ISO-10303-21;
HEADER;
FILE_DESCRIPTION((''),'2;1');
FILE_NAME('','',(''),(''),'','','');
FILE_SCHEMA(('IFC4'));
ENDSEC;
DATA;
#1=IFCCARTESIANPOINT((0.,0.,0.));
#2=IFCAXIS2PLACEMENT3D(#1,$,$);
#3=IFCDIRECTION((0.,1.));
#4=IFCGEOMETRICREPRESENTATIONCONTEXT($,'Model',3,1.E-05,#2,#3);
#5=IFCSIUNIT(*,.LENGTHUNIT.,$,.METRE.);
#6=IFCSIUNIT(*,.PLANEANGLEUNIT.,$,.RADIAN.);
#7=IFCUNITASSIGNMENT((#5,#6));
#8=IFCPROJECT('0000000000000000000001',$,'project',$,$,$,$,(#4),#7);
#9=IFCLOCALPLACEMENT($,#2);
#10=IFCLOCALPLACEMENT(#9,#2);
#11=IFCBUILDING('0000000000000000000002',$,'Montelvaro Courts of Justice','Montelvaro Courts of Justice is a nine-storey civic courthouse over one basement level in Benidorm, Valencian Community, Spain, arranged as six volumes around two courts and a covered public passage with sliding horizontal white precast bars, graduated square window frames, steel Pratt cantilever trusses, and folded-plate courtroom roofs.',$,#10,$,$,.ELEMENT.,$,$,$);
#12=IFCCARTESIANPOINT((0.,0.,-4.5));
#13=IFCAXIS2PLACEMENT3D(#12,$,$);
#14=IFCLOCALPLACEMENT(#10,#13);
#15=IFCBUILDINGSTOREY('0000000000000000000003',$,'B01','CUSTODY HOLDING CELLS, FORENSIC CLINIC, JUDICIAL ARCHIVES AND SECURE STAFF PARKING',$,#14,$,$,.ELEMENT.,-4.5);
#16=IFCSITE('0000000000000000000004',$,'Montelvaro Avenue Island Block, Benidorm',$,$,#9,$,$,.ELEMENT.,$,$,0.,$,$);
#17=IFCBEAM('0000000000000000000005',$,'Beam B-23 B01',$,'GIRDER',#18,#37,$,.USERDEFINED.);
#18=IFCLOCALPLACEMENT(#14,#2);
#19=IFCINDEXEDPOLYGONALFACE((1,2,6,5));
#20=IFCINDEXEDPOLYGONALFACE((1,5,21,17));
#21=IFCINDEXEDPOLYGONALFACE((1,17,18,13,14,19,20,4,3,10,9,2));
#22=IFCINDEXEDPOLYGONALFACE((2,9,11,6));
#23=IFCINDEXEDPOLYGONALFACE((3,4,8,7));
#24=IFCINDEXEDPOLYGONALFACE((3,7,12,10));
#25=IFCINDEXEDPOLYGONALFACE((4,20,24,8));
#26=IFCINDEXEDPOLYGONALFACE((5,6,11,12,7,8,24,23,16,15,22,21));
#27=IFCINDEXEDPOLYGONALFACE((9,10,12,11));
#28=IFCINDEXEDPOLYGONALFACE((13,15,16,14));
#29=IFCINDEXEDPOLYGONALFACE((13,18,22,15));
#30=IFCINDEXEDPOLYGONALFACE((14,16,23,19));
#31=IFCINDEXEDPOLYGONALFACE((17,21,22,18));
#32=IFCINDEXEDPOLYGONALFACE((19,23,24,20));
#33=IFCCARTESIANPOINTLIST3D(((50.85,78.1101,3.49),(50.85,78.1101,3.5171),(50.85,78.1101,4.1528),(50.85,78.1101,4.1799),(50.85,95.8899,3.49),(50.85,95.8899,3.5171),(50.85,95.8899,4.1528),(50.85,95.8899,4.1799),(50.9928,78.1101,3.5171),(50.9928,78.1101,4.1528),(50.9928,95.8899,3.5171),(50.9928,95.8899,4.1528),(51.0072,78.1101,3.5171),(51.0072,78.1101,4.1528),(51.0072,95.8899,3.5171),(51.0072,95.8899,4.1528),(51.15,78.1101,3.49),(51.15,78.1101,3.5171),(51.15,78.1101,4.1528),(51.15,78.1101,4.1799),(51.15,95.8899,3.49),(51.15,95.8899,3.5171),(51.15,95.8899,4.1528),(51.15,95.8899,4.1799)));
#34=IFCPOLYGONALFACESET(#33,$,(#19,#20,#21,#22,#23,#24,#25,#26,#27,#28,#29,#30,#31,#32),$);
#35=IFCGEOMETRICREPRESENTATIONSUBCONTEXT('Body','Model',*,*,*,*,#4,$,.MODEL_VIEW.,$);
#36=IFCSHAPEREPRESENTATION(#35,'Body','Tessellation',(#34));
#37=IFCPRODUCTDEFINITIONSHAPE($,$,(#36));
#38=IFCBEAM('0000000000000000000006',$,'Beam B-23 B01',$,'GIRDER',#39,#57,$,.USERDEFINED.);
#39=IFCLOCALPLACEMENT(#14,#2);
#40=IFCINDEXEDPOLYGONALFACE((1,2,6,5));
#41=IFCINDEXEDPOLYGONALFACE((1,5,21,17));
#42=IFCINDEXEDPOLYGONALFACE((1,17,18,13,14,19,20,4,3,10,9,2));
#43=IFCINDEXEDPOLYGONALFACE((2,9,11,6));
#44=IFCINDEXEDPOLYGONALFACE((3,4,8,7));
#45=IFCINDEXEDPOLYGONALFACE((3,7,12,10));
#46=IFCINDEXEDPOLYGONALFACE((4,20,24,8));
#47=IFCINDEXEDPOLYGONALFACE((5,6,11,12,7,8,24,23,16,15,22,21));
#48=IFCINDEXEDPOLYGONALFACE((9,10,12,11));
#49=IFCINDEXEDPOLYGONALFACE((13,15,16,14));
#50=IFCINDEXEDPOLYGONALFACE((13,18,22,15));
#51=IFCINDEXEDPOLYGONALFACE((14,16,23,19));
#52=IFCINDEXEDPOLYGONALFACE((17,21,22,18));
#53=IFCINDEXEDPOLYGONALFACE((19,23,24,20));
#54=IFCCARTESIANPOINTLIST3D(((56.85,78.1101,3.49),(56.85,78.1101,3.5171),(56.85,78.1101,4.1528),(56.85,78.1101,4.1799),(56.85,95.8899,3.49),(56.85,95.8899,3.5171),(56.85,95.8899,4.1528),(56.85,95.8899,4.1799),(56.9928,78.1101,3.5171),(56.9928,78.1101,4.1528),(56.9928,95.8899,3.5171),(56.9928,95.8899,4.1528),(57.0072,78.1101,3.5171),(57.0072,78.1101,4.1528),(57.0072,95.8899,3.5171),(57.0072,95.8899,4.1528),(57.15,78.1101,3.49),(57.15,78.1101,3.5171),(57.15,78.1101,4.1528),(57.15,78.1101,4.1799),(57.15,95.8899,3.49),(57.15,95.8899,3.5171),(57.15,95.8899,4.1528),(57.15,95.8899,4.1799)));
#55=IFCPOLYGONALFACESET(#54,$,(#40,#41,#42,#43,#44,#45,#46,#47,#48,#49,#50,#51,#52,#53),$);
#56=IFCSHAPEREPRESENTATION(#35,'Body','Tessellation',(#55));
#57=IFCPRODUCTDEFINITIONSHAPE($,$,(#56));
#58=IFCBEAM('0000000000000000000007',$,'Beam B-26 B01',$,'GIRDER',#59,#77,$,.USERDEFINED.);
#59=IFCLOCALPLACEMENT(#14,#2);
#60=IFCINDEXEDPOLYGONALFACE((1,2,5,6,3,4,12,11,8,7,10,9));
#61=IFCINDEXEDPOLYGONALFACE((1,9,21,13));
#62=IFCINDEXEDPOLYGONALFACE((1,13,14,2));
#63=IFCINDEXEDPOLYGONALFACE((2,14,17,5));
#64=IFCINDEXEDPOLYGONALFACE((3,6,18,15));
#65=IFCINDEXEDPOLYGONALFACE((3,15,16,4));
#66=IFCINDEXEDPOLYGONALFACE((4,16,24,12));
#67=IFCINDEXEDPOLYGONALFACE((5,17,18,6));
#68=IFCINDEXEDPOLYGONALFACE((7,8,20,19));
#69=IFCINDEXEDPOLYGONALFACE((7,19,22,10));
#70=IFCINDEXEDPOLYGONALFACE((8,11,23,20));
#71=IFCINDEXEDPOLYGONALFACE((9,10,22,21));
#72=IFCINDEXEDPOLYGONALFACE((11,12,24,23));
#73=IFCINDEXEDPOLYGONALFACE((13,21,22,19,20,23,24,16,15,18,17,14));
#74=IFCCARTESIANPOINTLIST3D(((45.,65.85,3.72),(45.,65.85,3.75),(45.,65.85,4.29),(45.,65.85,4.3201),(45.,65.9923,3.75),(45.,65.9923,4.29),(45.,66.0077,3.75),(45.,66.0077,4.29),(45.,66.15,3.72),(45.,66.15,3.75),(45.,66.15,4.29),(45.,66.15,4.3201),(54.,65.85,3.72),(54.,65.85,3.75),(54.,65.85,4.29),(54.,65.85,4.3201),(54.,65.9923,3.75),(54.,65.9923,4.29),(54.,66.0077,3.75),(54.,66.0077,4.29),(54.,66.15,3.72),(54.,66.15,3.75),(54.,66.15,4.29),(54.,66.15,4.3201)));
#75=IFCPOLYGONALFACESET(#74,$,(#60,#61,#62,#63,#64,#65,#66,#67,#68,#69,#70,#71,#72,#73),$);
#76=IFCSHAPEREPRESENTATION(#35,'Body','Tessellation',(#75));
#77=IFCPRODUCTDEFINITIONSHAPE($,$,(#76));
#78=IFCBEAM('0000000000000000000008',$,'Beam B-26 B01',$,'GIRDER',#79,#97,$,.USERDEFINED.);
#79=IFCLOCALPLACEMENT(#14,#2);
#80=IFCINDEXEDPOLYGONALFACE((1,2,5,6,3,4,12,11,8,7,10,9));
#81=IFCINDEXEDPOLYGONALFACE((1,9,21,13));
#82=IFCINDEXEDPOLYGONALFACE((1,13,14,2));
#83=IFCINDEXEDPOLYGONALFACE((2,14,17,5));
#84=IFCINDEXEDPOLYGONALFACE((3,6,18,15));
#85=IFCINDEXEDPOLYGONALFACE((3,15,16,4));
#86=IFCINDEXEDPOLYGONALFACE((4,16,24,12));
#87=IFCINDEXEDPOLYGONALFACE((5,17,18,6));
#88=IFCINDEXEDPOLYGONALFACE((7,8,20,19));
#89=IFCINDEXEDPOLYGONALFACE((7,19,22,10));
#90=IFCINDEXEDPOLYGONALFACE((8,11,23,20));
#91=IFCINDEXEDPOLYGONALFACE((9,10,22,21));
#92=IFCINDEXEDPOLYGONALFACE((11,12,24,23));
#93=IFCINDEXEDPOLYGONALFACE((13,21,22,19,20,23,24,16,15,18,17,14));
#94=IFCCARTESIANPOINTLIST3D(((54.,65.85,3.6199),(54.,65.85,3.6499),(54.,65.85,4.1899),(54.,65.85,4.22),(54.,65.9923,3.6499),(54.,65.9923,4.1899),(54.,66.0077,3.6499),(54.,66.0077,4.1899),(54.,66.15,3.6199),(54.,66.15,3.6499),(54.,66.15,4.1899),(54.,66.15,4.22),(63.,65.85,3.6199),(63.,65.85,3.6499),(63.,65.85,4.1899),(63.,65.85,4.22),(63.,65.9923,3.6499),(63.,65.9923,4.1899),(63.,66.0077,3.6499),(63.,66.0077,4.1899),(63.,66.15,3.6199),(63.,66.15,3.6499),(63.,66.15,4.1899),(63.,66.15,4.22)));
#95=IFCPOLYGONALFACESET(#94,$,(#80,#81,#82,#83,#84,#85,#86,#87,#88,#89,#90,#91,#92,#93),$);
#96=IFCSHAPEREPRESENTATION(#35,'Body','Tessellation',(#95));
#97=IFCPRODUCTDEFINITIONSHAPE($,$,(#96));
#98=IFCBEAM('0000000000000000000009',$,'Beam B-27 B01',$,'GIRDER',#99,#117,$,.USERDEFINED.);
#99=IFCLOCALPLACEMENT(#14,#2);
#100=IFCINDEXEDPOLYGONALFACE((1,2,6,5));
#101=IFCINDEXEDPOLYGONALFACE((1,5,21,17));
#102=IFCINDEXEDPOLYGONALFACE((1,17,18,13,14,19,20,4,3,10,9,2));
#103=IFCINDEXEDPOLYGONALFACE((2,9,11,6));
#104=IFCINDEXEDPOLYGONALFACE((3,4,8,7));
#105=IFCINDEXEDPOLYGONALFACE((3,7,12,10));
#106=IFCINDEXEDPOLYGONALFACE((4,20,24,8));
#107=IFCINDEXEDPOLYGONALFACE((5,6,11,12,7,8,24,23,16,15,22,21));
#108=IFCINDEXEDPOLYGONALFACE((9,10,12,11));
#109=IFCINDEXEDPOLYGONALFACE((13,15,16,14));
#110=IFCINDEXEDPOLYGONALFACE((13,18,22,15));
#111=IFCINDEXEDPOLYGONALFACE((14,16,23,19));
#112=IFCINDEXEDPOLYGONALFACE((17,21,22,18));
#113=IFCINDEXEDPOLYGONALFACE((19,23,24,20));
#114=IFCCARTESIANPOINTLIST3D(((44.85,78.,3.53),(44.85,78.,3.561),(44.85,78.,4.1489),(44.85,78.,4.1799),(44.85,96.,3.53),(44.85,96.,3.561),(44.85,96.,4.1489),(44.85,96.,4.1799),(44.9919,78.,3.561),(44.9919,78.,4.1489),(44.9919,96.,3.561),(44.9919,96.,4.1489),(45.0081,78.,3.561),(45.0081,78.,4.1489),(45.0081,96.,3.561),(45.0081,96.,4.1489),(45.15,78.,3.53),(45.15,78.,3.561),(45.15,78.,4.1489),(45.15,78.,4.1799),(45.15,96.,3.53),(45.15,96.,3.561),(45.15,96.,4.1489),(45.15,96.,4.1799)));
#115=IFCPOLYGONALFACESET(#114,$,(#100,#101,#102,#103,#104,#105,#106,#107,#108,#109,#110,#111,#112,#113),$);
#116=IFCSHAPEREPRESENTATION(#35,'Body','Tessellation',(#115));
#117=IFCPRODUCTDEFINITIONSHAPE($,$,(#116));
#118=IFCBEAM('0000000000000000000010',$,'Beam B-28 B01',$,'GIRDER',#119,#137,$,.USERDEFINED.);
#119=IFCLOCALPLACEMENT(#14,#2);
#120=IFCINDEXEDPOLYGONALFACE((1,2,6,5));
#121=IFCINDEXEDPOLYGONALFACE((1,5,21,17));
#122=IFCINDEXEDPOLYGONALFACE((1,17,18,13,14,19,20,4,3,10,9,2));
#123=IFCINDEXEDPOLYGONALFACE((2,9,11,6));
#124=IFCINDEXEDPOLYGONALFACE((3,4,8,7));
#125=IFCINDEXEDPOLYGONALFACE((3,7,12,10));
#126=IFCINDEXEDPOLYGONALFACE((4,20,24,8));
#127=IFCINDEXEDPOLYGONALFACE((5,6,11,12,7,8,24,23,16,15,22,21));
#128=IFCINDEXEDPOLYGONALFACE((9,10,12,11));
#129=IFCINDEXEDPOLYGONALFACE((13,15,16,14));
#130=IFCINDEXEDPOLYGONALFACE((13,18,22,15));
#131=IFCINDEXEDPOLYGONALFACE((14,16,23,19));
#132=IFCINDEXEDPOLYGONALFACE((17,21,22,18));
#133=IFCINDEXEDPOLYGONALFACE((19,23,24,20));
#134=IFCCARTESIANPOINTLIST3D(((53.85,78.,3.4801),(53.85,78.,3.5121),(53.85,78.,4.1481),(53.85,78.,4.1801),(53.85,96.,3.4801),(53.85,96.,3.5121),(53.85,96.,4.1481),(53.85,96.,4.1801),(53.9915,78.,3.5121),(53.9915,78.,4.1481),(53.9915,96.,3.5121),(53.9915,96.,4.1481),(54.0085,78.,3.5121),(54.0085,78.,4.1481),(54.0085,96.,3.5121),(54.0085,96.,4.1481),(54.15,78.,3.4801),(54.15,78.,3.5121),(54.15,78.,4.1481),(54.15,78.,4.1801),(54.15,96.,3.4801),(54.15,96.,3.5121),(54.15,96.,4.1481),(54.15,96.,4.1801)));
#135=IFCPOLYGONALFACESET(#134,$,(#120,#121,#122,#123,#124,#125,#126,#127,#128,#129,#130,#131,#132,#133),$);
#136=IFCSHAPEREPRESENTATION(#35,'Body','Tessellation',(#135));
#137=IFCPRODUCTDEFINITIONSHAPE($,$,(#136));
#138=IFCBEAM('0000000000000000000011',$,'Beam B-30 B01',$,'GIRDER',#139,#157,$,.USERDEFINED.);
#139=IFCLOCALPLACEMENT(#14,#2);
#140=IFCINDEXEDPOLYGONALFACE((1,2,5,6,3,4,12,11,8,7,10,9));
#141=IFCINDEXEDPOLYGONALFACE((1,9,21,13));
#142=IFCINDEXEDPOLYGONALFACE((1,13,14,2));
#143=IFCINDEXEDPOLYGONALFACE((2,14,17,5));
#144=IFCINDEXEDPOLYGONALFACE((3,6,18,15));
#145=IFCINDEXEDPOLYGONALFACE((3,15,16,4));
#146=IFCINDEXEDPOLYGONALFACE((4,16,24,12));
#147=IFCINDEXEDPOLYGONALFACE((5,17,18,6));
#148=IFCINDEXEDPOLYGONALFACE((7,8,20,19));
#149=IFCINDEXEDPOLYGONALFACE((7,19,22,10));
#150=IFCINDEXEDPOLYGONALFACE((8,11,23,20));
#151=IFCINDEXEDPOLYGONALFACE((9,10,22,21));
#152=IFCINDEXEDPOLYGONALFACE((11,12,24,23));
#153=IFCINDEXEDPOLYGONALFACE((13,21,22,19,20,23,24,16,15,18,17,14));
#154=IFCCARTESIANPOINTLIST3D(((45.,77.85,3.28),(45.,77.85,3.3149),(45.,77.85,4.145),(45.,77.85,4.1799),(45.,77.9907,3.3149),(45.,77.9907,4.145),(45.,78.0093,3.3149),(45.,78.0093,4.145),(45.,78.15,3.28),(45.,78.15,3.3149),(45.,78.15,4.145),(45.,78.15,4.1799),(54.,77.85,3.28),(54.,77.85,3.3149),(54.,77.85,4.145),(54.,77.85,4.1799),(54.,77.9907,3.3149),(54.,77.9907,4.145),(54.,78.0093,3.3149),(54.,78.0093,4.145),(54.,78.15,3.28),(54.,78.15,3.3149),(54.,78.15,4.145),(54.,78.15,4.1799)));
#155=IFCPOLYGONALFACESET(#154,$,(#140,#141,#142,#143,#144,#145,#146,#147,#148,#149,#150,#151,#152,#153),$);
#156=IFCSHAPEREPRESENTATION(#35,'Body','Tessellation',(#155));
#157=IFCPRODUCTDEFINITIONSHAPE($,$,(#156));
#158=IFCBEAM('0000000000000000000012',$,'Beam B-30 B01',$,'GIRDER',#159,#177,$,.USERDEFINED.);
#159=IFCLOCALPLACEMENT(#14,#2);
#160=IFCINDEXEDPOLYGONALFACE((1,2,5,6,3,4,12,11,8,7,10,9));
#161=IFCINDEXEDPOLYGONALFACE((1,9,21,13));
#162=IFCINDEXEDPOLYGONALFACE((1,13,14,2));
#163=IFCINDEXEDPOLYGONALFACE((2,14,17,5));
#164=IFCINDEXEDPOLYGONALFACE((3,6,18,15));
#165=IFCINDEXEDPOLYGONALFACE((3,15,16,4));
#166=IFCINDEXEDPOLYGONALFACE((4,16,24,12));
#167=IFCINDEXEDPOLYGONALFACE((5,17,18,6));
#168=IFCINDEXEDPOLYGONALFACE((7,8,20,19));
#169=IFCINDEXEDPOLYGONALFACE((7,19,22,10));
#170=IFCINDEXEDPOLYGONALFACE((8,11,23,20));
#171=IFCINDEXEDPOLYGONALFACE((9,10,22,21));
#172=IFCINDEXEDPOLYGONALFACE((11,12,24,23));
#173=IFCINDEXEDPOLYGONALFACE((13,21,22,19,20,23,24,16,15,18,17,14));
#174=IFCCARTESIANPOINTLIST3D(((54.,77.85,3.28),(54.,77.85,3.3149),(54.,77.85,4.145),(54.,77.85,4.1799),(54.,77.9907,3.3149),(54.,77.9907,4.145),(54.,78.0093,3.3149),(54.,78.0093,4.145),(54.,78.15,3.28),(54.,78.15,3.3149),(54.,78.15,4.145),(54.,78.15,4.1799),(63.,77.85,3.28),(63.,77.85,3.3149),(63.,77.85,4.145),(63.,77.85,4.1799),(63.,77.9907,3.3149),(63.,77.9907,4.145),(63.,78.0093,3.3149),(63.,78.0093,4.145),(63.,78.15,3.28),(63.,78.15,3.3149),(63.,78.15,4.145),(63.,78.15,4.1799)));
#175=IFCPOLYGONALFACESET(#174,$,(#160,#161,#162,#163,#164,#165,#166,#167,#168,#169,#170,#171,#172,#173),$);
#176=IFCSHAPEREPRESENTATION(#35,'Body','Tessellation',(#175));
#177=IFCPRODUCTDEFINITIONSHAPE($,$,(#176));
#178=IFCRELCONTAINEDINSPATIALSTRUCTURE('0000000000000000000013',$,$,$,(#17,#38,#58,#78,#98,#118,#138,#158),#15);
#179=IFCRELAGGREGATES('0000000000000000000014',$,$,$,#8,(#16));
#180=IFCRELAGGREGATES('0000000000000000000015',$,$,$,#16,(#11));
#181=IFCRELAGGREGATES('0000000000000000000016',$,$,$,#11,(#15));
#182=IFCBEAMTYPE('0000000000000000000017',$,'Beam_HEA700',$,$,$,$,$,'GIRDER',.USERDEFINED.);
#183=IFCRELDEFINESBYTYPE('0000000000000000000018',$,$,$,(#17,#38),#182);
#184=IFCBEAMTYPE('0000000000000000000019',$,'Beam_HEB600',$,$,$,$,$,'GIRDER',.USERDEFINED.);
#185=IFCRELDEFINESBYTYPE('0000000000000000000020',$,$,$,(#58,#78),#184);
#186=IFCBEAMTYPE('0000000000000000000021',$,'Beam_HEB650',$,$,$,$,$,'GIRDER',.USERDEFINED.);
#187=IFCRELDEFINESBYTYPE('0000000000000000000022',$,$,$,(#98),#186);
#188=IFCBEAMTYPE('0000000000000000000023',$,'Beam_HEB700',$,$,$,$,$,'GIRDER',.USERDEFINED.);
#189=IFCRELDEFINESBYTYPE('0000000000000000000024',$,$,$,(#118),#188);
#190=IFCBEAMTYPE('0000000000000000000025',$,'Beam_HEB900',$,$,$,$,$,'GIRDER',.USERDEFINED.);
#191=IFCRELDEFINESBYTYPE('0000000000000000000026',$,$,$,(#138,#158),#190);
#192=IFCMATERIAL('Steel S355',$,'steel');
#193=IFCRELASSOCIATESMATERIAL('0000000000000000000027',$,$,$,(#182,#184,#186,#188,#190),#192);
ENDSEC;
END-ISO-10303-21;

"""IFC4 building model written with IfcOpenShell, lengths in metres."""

from ifc_helpers import new_model, si_unit, direction, frame, origin, origin_2d, place, context, subcontext, project, spatial, i_section, extrude, material, material_profile, profile_set, type_object, element, save


model = new_model("IFC4")

# Units and contexts
model_context = context("Model", 3, precision=1e-05, world=origin(), true_north=direction((0.0, 1.0)))
body_context = subcontext(model_context, "Body", "Model", "MODEL_VIEW")
ifc_project = project(units=[si_unit("LENGTHUNIT", "METRE"), si_unit("PLANEANGLEUNIT", "RADIAN")], contexts=[model_context])

# Site, building, storey
site_placement = place(None, origin())
site = spatial("IfcSite", under=ifc_project, at=site_placement, Name="Montelvaro Avenue Island Block, Benidorm", CompositionType="ELEMENT", RefElevation=0.0)
building_placement = place(site_placement, origin())
building = spatial("IfcBuilding", under=site, at=building_placement, Name="Montelvaro Courts of Justice", Description="Montelvaro Courts of Justice is a nine-storey civic courthouse over one basement level in Benidorm, Valencian Community, Spain, arranged as six volumes around two courts and a covered public passage with sliding horizontal white precast bars, graduated square window frames, steel Pratt cantilever trusses, and folded-plate courtroom roofs.", CompositionType="ELEMENT")
storey_placement = place(building_placement, frame((0.0, 0.0, -4.5)))
storey = spatial("IfcBuildingStorey", under=building, at=storey_placement, Name="B01", Description="CUSTODY HOLDING CELLS, FORENSIC CLINIC, JUDICIAL ARCHIVES AND SECURE STAFF PARKING", CompositionType="ELEMENT", Elevation=-4.5)

# Beams
ifc_material_1 = material(Name="Steel S355", Category="steel")
ifc_material_profile_1 = material_profile(ifc_material_1, i_section(OverallWidth=0.3, OverallDepth=0.6899, WebThickness=0.0144, FlangeThickness=0.0271, at=origin_2d()), Name="HEA 700")
ifc_profile_set_1 = profile_set([ifc_material_profile_1], Name="Steel S355")
beam_type_1 = type_object("IfcBeamType", Name="Beam_HEA700", ElementType="GIRDER", PredefinedType="USERDEFINED", material=ifc_profile_set_1)
for number, where, z_axis, x_axis, name in (
    (1, (51.0, 78.1101, 3.835), (0.0, 1.0, 0.0), (-1.0, 0.0, 0.0), "Beam B-23 B01"),
    (2, (57.0, 78.1101, 3.835), (0.0, 1.0, 0.0), (-1.0, 0.0, 0.0), "Beam B-23 B01"),
):
    element("IfcBeam", number, at=place(storey_placement, frame(where, z_axis=z_axis, x_axis=x_axis)), inside=storey, type_object=beam_type_1, Name=name, ObjectType="GIRDER", PredefinedType="USERDEFINED", context=body_context, shape_type="SweptSolid", body=[
        extrude(i_section(OverallWidth=0.3, OverallDepth=0.6899, WebThickness=0.0144, FlangeThickness=0.0271, at=origin_2d()), origin(), (0.0, 0.0, 1.0), 17.7798),
    ])
ifc_material_profile_2 = material_profile(ifc_material_1, i_section(OverallWidth=0.3, OverallDepth=0.6001, WebThickness=0.0154, FlangeThickness=0.03, at=origin_2d()), Name="HEB 600")
ifc_profile_set_2 = profile_set([ifc_material_profile_2], Name="Steel S355")
beam_type_2 = type_object("IfcBeamType", Name="Beam_HEB600", ElementType="GIRDER", PredefinedType="USERDEFINED", material=ifc_profile_set_2)
for number, where, z_axis, x_axis, name in (
    (3, (45.0, 66.0, 4.02), (1.0, 0.0, 0.0), (0.0, 1.0, 0.0), "Beam B-26 B01"),
    (4, (54.0, 66.0, 3.9199), (1.0, 0.0, 0.0), (0.0, 1.0, 0.0), "Beam B-26 B01"),
):
    element("IfcBeam", number, at=place(storey_placement, frame(where, z_axis=z_axis, x_axis=x_axis)), inside=storey, type_object=beam_type_2, Name=name, ObjectType="GIRDER", PredefinedType="USERDEFINED", context=body_context, shape_type="SweptSolid", body=[
        extrude(i_section(OverallWidth=0.3, OverallDepth=0.6001, WebThickness=0.0154, FlangeThickness=0.03, at=origin_2d()), origin(), (0.0, 0.0, 1.0), 9.0),
    ])
ifc_material_profile_3 = material_profile(ifc_material_1, i_section(OverallWidth=0.3, OverallDepth=0.6499, WebThickness=0.0161, FlangeThickness=0.031, at=origin_2d()), Name="HEB 650")
ifc_profile_set_3 = profile_set([ifc_material_profile_3], Name="Steel S355")
beam_type_3 = type_object("IfcBeamType", Name="Beam_HEB650", ElementType="GIRDER", PredefinedType="USERDEFINED", material=ifc_profile_set_3)
beam_1_placement = place(storey_placement, frame((45.0, 78.0, 3.855), z_axis=(0.0, 1.0, 0.0), x_axis=(-1.0, 0.0, 0.0)))
element("IfcBeam", 5, at=beam_1_placement, inside=storey, type_object=beam_type_3, Name="Beam B-27 B01", ObjectType="GIRDER", PredefinedType="USERDEFINED", context=body_context, shape_type="SweptSolid", body=[
    extrude(i_section(OverallWidth=0.3, OverallDepth=0.6499, WebThickness=0.0161, FlangeThickness=0.031, at=origin_2d()), origin(), (0.0, 0.0, 1.0), 18.0),
])
ifc_material_profile_4 = material_profile(ifc_material_1, i_section(OverallWidth=0.3, OverallDepth=0.7, WebThickness=0.0171, FlangeThickness=0.032, at=origin_2d()), Name="HEB 700")
ifc_profile_set_4 = profile_set([ifc_material_profile_4], Name="Steel S355")
beam_type_4 = type_object("IfcBeamType", Name="Beam_HEB700", ElementType="GIRDER", PredefinedType="USERDEFINED", material=ifc_profile_set_4)
beam_2_placement = place(storey_placement, frame((54.0, 78.0, 3.8301), z_axis=(0.0, 1.0, 0.0), x_axis=(-1.0, 0.0, 0.0)))
element("IfcBeam", 6, at=beam_2_placement, inside=storey, type_object=beam_type_4, Name="Beam B-28 B01", ObjectType="GIRDER", PredefinedType="USERDEFINED", context=body_context, shape_type="SweptSolid", body=[
    extrude(i_section(OverallWidth=0.3, OverallDepth=0.7, WebThickness=0.0171, FlangeThickness=0.032, at=origin_2d()), origin(), (0.0, 0.0, 1.0), 18.0),
])
ifc_material_profile_5 = material_profile(ifc_material_1, i_section(OverallWidth=0.3, OverallDepth=0.8999, WebThickness=0.0186, FlangeThickness=0.0349, at=origin_2d()), Name="HEB 900")
ifc_profile_set_5 = profile_set([ifc_material_profile_5], Name="Steel S355")
beam_type_5 = type_object("IfcBeamType", Name="Beam_HEB900", ElementType="GIRDER", PredefinedType="USERDEFINED", material=ifc_profile_set_5)
for number, where, z_axis, x_axis, name in (
    (7, (45.0, 78.0, 3.73), (1.0, 0.0, 0.0), (0.0, 1.0, 0.0), "Beam B-30 B01"),
    (8, (54.0, 78.0, 3.73), (1.0, 0.0, 0.0), (0.0, 1.0, 0.0), "Beam B-30 B01"),
):
    element("IfcBeam", number, at=place(storey_placement, frame(where, z_axis=z_axis, x_axis=x_axis)), inside=storey, type_object=beam_type_5, Name=name, ObjectType="GIRDER", PredefinedType="USERDEFINED", context=body_context, shape_type="SweptSolid", body=[
        extrude(i_section(OverallWidth=0.3, OverallDepth=0.8999, WebThickness=0.0186, FlangeThickness=0.0349, at=origin_2d()), origin(), (0.0, 0.0, 1.0), 9.0),
    ])

save(model, "model.ifc")
